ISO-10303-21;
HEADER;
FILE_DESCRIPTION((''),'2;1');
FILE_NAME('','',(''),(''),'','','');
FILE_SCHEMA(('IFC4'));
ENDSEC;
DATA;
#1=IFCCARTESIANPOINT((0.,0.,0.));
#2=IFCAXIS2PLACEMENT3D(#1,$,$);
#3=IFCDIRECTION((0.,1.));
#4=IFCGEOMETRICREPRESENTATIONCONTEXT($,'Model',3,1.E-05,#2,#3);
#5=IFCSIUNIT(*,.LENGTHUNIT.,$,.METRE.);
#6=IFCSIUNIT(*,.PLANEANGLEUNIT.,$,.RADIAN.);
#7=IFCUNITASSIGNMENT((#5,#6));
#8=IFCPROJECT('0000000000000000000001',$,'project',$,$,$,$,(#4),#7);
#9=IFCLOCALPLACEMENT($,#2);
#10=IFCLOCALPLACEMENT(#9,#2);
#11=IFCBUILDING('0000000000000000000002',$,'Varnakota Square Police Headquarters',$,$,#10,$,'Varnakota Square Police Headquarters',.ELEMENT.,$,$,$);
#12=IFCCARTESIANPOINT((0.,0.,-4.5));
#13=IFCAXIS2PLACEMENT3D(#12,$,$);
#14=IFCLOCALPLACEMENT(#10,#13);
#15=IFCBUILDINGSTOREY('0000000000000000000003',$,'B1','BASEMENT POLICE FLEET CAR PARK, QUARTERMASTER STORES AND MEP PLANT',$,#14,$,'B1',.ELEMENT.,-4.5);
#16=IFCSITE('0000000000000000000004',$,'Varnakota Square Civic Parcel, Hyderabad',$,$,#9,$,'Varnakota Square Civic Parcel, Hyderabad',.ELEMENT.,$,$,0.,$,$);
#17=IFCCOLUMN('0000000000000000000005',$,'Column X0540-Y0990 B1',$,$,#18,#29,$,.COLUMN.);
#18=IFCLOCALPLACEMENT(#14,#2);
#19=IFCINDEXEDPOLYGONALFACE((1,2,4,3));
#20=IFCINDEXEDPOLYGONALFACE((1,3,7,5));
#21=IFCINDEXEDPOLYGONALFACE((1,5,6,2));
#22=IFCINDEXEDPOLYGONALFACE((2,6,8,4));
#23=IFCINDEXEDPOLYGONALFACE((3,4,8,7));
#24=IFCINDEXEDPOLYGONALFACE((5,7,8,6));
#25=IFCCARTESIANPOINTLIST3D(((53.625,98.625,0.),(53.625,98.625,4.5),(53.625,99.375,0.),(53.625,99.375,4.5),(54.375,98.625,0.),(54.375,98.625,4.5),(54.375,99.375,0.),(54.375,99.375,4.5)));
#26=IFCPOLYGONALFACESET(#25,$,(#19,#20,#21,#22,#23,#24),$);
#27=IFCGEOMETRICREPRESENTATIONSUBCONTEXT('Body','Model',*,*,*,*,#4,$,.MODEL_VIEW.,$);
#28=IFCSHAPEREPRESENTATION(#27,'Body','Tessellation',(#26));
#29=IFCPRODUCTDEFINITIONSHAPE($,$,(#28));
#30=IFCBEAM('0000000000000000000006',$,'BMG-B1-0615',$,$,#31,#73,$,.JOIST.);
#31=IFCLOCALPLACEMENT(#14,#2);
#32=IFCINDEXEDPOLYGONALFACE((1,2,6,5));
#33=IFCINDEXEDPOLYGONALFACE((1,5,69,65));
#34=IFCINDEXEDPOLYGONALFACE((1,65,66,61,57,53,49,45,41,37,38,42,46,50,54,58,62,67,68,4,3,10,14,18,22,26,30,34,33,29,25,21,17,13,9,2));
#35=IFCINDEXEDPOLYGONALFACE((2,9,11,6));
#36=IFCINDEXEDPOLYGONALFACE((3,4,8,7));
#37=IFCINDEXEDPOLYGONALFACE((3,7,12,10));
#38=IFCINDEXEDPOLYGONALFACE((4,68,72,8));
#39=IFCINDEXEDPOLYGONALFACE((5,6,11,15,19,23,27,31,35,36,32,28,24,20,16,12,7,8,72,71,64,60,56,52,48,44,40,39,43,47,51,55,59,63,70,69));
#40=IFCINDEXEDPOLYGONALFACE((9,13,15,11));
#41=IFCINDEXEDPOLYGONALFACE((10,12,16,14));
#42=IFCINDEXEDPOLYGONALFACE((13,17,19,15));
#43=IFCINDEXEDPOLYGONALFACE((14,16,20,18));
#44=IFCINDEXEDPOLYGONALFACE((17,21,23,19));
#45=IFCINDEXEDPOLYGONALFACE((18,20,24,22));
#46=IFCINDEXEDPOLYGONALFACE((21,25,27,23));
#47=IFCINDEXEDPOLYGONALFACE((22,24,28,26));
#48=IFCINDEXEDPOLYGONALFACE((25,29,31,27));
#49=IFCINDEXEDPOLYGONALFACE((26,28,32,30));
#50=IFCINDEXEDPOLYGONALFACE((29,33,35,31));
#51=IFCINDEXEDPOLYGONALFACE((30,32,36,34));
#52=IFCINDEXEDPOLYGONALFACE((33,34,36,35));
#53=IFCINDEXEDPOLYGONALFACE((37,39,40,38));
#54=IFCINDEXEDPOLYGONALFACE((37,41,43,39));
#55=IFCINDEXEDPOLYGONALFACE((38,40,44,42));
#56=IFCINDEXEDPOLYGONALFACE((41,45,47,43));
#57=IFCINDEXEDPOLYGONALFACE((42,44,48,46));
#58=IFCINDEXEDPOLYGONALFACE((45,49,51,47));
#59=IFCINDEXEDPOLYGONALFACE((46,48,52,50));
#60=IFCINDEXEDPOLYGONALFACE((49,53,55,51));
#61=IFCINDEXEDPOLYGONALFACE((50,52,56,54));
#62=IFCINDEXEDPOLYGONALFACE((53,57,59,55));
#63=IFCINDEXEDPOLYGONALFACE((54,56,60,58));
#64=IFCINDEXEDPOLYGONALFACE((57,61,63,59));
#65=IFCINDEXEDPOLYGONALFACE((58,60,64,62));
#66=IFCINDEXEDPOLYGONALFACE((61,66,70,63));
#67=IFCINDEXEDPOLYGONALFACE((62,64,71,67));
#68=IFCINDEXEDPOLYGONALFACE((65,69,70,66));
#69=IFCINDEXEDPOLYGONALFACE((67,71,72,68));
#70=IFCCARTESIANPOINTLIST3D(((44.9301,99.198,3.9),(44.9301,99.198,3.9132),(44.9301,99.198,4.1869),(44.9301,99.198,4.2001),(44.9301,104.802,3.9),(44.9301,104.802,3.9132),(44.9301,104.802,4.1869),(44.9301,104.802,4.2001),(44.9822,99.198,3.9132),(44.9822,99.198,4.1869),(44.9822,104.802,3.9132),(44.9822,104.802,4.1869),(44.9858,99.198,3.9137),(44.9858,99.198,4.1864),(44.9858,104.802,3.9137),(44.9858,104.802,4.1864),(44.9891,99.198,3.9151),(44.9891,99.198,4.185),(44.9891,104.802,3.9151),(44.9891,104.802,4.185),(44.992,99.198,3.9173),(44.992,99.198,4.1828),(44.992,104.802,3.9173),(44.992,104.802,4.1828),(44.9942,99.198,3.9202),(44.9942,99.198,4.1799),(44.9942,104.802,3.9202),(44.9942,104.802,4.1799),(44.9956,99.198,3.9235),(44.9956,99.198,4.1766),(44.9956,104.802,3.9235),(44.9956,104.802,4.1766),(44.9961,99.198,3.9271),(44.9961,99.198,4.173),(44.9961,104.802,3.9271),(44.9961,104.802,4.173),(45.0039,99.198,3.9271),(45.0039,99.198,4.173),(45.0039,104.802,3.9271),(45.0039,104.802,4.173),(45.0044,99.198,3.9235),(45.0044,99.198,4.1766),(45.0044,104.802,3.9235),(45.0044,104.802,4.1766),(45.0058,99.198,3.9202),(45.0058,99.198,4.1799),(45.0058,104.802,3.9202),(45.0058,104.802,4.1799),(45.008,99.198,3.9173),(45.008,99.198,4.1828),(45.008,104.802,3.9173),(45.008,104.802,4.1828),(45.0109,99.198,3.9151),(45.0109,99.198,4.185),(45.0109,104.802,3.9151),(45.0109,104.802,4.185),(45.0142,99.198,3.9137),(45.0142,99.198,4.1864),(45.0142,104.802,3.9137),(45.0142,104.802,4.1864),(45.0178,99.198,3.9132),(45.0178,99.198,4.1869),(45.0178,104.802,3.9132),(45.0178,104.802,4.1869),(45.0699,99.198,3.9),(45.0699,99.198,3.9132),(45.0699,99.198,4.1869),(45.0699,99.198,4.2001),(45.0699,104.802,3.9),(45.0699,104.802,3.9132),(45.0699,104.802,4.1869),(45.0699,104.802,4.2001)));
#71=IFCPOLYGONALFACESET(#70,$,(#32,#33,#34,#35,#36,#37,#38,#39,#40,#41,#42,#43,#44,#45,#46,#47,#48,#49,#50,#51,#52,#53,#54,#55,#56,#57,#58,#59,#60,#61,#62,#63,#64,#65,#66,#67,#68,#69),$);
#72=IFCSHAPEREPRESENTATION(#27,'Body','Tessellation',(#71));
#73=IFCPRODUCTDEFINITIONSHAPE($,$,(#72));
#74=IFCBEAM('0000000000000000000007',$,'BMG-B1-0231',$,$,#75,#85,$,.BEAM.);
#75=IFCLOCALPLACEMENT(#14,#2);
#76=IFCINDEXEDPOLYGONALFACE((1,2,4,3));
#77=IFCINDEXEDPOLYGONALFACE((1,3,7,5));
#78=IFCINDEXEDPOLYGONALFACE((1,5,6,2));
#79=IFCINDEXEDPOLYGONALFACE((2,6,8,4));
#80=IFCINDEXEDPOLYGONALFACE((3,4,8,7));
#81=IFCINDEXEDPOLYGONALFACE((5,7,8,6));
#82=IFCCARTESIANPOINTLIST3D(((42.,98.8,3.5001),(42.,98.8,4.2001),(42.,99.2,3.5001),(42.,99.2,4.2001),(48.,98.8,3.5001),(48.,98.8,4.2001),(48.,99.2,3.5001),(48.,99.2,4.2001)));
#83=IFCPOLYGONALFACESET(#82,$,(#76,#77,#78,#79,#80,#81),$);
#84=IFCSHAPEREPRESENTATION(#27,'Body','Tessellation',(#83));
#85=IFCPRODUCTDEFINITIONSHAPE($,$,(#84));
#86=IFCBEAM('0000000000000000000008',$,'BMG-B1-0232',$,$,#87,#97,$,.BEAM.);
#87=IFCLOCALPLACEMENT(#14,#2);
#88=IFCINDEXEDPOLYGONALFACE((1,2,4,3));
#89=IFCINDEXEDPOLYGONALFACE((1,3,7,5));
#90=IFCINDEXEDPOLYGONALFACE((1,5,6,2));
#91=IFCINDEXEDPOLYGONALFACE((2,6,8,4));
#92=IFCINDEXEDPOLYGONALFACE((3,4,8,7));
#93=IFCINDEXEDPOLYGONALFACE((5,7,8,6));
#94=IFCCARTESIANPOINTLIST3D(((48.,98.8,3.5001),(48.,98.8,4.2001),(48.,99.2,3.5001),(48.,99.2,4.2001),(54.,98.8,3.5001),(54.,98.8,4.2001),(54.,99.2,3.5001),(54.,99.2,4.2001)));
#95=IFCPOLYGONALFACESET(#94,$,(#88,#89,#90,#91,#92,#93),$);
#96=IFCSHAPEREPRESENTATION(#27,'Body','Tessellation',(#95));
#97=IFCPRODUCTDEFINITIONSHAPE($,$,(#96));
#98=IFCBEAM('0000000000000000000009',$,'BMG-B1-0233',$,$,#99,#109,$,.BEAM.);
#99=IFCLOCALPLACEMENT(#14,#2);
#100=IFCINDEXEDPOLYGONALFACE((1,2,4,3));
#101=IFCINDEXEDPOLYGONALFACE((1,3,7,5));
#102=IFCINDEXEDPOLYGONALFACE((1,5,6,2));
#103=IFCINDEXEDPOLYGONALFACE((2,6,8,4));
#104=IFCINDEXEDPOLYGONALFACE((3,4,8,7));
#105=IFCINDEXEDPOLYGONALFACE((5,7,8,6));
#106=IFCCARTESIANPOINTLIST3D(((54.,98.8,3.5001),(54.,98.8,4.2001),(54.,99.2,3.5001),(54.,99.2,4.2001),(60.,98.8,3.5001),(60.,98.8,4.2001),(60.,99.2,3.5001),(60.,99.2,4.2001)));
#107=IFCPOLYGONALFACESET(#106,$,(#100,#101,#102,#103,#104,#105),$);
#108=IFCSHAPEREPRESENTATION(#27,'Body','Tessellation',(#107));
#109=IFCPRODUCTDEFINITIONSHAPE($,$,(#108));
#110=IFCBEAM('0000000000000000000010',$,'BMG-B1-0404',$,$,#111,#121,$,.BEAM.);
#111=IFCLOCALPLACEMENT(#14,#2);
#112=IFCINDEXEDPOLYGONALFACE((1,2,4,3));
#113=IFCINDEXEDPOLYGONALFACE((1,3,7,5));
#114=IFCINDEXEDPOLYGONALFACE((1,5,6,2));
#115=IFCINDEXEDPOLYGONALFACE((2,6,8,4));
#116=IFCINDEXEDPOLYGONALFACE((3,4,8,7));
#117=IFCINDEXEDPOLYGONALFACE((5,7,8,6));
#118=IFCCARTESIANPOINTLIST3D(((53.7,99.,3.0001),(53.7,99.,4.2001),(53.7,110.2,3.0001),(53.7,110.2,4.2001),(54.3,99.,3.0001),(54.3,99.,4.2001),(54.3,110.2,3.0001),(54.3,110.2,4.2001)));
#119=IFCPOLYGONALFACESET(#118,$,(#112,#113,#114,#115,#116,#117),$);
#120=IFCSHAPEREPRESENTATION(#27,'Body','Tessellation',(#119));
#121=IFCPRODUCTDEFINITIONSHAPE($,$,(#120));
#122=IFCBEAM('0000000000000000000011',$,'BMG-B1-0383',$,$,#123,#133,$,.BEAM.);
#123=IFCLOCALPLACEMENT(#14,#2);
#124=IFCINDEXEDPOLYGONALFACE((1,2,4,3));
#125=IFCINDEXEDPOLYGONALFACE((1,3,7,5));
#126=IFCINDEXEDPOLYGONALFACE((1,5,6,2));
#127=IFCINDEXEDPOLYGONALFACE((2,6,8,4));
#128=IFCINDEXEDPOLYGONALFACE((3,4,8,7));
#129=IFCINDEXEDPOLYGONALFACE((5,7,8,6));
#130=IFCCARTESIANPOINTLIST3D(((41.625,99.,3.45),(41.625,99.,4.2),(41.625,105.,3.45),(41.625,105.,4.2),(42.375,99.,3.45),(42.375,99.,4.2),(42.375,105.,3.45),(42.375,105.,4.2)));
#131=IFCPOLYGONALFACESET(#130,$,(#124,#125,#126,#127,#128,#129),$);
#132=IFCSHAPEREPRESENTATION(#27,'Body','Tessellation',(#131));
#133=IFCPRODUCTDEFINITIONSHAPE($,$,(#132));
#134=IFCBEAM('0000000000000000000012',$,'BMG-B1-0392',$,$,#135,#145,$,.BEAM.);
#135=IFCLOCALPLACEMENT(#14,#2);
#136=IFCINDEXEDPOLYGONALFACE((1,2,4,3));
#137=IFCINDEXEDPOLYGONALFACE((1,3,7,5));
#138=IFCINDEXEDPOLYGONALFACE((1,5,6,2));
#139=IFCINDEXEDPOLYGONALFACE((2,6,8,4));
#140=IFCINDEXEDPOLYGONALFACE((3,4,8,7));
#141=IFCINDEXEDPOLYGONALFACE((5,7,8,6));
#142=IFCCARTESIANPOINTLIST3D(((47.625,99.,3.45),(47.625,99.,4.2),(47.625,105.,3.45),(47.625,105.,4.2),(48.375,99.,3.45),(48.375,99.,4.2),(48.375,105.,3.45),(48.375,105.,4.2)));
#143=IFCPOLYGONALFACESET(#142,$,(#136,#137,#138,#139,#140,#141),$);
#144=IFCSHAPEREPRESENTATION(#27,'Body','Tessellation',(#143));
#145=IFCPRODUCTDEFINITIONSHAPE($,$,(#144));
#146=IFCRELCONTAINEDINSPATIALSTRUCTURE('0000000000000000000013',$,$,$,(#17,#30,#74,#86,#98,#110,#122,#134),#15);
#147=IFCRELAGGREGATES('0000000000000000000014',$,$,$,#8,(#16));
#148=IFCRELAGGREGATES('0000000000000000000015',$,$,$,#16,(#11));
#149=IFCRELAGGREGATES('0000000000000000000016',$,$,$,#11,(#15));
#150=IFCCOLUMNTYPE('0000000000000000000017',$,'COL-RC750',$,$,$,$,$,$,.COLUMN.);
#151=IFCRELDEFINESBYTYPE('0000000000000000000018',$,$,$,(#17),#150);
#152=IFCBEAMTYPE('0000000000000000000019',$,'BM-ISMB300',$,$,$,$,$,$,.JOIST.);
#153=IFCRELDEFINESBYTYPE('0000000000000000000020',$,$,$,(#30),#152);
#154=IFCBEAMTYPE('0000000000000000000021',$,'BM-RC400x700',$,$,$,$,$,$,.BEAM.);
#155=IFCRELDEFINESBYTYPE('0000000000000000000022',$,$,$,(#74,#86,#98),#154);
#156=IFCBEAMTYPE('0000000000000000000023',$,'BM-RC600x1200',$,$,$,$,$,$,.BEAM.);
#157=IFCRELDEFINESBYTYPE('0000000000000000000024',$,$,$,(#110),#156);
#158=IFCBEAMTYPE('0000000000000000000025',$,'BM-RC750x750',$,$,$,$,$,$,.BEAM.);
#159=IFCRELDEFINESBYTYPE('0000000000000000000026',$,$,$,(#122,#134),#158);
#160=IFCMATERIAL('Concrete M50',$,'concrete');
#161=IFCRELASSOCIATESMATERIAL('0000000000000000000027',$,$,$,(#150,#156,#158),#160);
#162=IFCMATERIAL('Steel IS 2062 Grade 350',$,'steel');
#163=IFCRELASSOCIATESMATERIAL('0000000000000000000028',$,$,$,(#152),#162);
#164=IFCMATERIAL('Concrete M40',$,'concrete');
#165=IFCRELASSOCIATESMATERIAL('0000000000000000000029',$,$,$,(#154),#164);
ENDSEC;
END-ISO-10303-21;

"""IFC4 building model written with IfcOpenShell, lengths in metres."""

from ifc_helpers import new_model, si_unit, direction, frame, origin, origin_2d, place, context, subcontext, project, spatial, rectangle, i_section, extrude, material, material_profile, profile_set, type_object, element, save


model = new_model("IFC4")

# Units and contexts
model_context = context("Model", 3, precision=1e-05, world=origin(), true_north=direction((0.0, 1.0)))
body_context = subcontext(model_context, "Body", "Model", "MODEL_VIEW")
ifc_project = project(units=[si_unit("LENGTHUNIT", "METRE"), si_unit("PLANEANGLEUNIT", "RADIAN")], contexts=[model_context])

# Site, building, storey
site_placement = place(None, origin())
site = spatial("IfcSite", under=ifc_project, at=site_placement, Name="Varnakota Square Civic Parcel, Hyderabad", LongName="Varnakota Square Civic Parcel, Hyderabad", CompositionType="ELEMENT", RefElevation=0.0)
building_placement = place(site_placement, origin())
building = spatial("IfcBuilding", under=site, at=building_placement, Name="Varnakota Square Police Headquarters", LongName="Varnakota Square Police Headquarters", CompositionType="ELEMENT")
storey_placement = place(building_placement, frame((0.0, 0.0, -4.5)))
storey = spatial("IfcBuildingStorey", under=building, at=storey_placement, Name="B1", Description="BASEMENT POLICE FLEET CAR PARK, QUARTERMASTER STORES AND MEP PLANT", LongName="B1", CompositionType="ELEMENT", Elevation=-4.5)

# Shared definitions
ifc_material_1 = material(Name="Concrete M40", Category="concrete")

# Column
ifc_material_2 = material(Name="Concrete M50", Category="concrete")
ifc_material_profile_1 = material_profile(ifc_material_2, rectangle(XDim=0.75, YDim=0.75, at=origin_2d()), Name="RC 750x750")
ifc_profile_set_1 = profile_set([ifc_material_profile_1], Name="Concrete M50")
column_type_1 = type_object("IfcColumnType", Name="COL-RC750", PredefinedType="COLUMN", material=ifc_profile_set_1)
column_1_placement = place(storey_placement, frame((54.0, 99.0, 0.0), z_axis=(0.0, 0.0, 1.0), x_axis=(1.0, 0.0, 0.0)))
element("IfcColumn", 1, at=column_1_placement, inside=storey, type_object=column_type_1, Name="Column X0540-Y0990 B1", PredefinedType="COLUMN", context=body_context, shape_type="SweptSolid", body=[
    extrude(rectangle(XDim=0.75, YDim=0.75, at=origin_2d()), origin(), (0.0, 0.0, 1.0), 4.5),
])

# Beams
ifc_material_3 = material(Name="Steel IS 2062 Grade 350", Category="steel")
ifc_material_profile_2 = material_profile(ifc_material_3, i_section(OverallWidth=0.1399, OverallDepth=0.3, WebThickness=0.0078, FlangeThickness=0.0132, FilletRadius=0.0139, at=origin_2d()), Name="ISMB 300")
ifc_profile_set_2 = profile_set([ifc_material_profile_2], Name="Steel IS 2062 Grade 350")
beam_type_1 = type_object("IfcBeamType", Name="BM-ISMB300", PredefinedType="JOIST", material=ifc_profile_set_2)
beam_1_placement = place(storey_placement, frame((45.0, 99.198, 4.05), z_axis=(0.0, 1.0, 0.0), x_axis=(-1.0, 0.0, 0.0)))
element("IfcBeam", 2, at=beam_1_placement, inside=storey, type_object=beam_type_1, Name="BMG-B1-0615", PredefinedType="JOIST", context=body_context, shape_type="SweptSolid", body=[
    extrude(i_section(OverallWidth=0.1399, OverallDepth=0.3, WebThickness=0.0078, FlangeThickness=0.0132, FilletRadius=0.0139, at=origin_2d()), origin(), (0.0, 0.0, 1.0), 5.604),
])
ifc_material_profile_3 = material_profile(ifc_material_1, rectangle(XDim=0.3999, YDim=0.7, at=origin_2d()), Name="RC 400x700")
ifc_profile_set_3 = profile_set([ifc_material_profile_3], Name="Concrete M40")
beam_type_2 = type_object("IfcBeamType", Name="BM-RC400x700", PredefinedType="BEAM", material=ifc_profile_set_3)
for number, where, z_axis, x_axis, name in (
    (3, (42.0, 99.0, 3.8501), (1.0, 0.0, 0.0), (0.0, 1.0, 0.0), "BMG-B1-0231"),
    (4, (48.0, 99.0, 3.8501), (1.0, 0.0, 0.0), (0.0, 1.0, 0.0), "BMG-B1-0232"),
    (5, (54.0, 99.0, 3.8501), (1.0, 0.0, 0.0), (0.0, 1.0, 0.0), "BMG-B1-0233"),
):
    element("IfcBeam", number, at=place(storey_placement, frame(where, z_axis=z_axis, x_axis=x_axis)), inside=storey, type_object=beam_type_2, Name=name, PredefinedType="BEAM", context=body_context, shape_type="SweptSolid", body=[
        extrude(rectangle(XDim=0.3999, YDim=0.7, at=origin_2d()), origin(), (0.0, 0.0, 1.0), 6.0),
    ])
ifc_material_profile_4 = material_profile(ifc_material_2, rectangle(XDim=0.6001, YDim=1.2, at=origin_2d()), Name="RC 600x1200")
ifc_profile_set_4 = profile_set([ifc_material_profile_4], Name="Concrete M50")
beam_type_3 = type_object("IfcBeamType", Name="BM-RC600x1200", PredefinedType="BEAM", material=ifc_profile_set_4)
beam_2_placement = place(storey_placement, frame((54.0, 99.0, 3.6001), z_axis=(0.0, 1.0, 0.0), x_axis=(-1.0, 0.0, 0.0)))
element("IfcBeam", 6, at=beam_2_placement, inside=storey, type_object=beam_type_3, Name="BMG-B1-0404", PredefinedType="BEAM", context=body_context, shape_type="SweptSolid", body=[
    extrude(rectangle(XDim=0.6001, YDim=1.2, at=origin_2d()), origin(), (0.0, 0.0, 1.0), 11.2),
])
ifc_material_profile_5 = material_profile(ifc_material_2, rectangle(XDim=0.75, YDim=0.75, at=origin_2d()), Name="RC 750x750")
ifc_profile_set_5 = profile_set([ifc_material_profile_5], Name="Concrete M50")
beam_type_4 = type_object("IfcBeamType", Name="BM-RC750x750", PredefinedType="BEAM", material=ifc_profile_set_5)
for number, where, z_axis, x_axis, name in (
    (7, (42.0, 99.0, 3.825), (0.0, 1.0, 0.0), (-1.0, 0.0, 0.0), "BMG-B1-0383"),
    (8, (48.0, 99.0, 3.825), (0.0, 1.0, 0.0), (-1.0, 0.0, 0.0), "BMG-B1-0392"),
):
    element("IfcBeam", number, at=place(storey_placement, frame(where, z_axis=z_axis, x_axis=x_axis)), inside=storey, type_object=beam_type_4, Name=name, PredefinedType="BEAM", context=body_context, shape_type="SweptSolid", body=[
        extrude(rectangle(XDim=0.75, YDim=0.75, at=origin_2d()), origin(), (0.0, 0.0, 1.0), 6.0),
    ])

save(model, "model.ifc")
